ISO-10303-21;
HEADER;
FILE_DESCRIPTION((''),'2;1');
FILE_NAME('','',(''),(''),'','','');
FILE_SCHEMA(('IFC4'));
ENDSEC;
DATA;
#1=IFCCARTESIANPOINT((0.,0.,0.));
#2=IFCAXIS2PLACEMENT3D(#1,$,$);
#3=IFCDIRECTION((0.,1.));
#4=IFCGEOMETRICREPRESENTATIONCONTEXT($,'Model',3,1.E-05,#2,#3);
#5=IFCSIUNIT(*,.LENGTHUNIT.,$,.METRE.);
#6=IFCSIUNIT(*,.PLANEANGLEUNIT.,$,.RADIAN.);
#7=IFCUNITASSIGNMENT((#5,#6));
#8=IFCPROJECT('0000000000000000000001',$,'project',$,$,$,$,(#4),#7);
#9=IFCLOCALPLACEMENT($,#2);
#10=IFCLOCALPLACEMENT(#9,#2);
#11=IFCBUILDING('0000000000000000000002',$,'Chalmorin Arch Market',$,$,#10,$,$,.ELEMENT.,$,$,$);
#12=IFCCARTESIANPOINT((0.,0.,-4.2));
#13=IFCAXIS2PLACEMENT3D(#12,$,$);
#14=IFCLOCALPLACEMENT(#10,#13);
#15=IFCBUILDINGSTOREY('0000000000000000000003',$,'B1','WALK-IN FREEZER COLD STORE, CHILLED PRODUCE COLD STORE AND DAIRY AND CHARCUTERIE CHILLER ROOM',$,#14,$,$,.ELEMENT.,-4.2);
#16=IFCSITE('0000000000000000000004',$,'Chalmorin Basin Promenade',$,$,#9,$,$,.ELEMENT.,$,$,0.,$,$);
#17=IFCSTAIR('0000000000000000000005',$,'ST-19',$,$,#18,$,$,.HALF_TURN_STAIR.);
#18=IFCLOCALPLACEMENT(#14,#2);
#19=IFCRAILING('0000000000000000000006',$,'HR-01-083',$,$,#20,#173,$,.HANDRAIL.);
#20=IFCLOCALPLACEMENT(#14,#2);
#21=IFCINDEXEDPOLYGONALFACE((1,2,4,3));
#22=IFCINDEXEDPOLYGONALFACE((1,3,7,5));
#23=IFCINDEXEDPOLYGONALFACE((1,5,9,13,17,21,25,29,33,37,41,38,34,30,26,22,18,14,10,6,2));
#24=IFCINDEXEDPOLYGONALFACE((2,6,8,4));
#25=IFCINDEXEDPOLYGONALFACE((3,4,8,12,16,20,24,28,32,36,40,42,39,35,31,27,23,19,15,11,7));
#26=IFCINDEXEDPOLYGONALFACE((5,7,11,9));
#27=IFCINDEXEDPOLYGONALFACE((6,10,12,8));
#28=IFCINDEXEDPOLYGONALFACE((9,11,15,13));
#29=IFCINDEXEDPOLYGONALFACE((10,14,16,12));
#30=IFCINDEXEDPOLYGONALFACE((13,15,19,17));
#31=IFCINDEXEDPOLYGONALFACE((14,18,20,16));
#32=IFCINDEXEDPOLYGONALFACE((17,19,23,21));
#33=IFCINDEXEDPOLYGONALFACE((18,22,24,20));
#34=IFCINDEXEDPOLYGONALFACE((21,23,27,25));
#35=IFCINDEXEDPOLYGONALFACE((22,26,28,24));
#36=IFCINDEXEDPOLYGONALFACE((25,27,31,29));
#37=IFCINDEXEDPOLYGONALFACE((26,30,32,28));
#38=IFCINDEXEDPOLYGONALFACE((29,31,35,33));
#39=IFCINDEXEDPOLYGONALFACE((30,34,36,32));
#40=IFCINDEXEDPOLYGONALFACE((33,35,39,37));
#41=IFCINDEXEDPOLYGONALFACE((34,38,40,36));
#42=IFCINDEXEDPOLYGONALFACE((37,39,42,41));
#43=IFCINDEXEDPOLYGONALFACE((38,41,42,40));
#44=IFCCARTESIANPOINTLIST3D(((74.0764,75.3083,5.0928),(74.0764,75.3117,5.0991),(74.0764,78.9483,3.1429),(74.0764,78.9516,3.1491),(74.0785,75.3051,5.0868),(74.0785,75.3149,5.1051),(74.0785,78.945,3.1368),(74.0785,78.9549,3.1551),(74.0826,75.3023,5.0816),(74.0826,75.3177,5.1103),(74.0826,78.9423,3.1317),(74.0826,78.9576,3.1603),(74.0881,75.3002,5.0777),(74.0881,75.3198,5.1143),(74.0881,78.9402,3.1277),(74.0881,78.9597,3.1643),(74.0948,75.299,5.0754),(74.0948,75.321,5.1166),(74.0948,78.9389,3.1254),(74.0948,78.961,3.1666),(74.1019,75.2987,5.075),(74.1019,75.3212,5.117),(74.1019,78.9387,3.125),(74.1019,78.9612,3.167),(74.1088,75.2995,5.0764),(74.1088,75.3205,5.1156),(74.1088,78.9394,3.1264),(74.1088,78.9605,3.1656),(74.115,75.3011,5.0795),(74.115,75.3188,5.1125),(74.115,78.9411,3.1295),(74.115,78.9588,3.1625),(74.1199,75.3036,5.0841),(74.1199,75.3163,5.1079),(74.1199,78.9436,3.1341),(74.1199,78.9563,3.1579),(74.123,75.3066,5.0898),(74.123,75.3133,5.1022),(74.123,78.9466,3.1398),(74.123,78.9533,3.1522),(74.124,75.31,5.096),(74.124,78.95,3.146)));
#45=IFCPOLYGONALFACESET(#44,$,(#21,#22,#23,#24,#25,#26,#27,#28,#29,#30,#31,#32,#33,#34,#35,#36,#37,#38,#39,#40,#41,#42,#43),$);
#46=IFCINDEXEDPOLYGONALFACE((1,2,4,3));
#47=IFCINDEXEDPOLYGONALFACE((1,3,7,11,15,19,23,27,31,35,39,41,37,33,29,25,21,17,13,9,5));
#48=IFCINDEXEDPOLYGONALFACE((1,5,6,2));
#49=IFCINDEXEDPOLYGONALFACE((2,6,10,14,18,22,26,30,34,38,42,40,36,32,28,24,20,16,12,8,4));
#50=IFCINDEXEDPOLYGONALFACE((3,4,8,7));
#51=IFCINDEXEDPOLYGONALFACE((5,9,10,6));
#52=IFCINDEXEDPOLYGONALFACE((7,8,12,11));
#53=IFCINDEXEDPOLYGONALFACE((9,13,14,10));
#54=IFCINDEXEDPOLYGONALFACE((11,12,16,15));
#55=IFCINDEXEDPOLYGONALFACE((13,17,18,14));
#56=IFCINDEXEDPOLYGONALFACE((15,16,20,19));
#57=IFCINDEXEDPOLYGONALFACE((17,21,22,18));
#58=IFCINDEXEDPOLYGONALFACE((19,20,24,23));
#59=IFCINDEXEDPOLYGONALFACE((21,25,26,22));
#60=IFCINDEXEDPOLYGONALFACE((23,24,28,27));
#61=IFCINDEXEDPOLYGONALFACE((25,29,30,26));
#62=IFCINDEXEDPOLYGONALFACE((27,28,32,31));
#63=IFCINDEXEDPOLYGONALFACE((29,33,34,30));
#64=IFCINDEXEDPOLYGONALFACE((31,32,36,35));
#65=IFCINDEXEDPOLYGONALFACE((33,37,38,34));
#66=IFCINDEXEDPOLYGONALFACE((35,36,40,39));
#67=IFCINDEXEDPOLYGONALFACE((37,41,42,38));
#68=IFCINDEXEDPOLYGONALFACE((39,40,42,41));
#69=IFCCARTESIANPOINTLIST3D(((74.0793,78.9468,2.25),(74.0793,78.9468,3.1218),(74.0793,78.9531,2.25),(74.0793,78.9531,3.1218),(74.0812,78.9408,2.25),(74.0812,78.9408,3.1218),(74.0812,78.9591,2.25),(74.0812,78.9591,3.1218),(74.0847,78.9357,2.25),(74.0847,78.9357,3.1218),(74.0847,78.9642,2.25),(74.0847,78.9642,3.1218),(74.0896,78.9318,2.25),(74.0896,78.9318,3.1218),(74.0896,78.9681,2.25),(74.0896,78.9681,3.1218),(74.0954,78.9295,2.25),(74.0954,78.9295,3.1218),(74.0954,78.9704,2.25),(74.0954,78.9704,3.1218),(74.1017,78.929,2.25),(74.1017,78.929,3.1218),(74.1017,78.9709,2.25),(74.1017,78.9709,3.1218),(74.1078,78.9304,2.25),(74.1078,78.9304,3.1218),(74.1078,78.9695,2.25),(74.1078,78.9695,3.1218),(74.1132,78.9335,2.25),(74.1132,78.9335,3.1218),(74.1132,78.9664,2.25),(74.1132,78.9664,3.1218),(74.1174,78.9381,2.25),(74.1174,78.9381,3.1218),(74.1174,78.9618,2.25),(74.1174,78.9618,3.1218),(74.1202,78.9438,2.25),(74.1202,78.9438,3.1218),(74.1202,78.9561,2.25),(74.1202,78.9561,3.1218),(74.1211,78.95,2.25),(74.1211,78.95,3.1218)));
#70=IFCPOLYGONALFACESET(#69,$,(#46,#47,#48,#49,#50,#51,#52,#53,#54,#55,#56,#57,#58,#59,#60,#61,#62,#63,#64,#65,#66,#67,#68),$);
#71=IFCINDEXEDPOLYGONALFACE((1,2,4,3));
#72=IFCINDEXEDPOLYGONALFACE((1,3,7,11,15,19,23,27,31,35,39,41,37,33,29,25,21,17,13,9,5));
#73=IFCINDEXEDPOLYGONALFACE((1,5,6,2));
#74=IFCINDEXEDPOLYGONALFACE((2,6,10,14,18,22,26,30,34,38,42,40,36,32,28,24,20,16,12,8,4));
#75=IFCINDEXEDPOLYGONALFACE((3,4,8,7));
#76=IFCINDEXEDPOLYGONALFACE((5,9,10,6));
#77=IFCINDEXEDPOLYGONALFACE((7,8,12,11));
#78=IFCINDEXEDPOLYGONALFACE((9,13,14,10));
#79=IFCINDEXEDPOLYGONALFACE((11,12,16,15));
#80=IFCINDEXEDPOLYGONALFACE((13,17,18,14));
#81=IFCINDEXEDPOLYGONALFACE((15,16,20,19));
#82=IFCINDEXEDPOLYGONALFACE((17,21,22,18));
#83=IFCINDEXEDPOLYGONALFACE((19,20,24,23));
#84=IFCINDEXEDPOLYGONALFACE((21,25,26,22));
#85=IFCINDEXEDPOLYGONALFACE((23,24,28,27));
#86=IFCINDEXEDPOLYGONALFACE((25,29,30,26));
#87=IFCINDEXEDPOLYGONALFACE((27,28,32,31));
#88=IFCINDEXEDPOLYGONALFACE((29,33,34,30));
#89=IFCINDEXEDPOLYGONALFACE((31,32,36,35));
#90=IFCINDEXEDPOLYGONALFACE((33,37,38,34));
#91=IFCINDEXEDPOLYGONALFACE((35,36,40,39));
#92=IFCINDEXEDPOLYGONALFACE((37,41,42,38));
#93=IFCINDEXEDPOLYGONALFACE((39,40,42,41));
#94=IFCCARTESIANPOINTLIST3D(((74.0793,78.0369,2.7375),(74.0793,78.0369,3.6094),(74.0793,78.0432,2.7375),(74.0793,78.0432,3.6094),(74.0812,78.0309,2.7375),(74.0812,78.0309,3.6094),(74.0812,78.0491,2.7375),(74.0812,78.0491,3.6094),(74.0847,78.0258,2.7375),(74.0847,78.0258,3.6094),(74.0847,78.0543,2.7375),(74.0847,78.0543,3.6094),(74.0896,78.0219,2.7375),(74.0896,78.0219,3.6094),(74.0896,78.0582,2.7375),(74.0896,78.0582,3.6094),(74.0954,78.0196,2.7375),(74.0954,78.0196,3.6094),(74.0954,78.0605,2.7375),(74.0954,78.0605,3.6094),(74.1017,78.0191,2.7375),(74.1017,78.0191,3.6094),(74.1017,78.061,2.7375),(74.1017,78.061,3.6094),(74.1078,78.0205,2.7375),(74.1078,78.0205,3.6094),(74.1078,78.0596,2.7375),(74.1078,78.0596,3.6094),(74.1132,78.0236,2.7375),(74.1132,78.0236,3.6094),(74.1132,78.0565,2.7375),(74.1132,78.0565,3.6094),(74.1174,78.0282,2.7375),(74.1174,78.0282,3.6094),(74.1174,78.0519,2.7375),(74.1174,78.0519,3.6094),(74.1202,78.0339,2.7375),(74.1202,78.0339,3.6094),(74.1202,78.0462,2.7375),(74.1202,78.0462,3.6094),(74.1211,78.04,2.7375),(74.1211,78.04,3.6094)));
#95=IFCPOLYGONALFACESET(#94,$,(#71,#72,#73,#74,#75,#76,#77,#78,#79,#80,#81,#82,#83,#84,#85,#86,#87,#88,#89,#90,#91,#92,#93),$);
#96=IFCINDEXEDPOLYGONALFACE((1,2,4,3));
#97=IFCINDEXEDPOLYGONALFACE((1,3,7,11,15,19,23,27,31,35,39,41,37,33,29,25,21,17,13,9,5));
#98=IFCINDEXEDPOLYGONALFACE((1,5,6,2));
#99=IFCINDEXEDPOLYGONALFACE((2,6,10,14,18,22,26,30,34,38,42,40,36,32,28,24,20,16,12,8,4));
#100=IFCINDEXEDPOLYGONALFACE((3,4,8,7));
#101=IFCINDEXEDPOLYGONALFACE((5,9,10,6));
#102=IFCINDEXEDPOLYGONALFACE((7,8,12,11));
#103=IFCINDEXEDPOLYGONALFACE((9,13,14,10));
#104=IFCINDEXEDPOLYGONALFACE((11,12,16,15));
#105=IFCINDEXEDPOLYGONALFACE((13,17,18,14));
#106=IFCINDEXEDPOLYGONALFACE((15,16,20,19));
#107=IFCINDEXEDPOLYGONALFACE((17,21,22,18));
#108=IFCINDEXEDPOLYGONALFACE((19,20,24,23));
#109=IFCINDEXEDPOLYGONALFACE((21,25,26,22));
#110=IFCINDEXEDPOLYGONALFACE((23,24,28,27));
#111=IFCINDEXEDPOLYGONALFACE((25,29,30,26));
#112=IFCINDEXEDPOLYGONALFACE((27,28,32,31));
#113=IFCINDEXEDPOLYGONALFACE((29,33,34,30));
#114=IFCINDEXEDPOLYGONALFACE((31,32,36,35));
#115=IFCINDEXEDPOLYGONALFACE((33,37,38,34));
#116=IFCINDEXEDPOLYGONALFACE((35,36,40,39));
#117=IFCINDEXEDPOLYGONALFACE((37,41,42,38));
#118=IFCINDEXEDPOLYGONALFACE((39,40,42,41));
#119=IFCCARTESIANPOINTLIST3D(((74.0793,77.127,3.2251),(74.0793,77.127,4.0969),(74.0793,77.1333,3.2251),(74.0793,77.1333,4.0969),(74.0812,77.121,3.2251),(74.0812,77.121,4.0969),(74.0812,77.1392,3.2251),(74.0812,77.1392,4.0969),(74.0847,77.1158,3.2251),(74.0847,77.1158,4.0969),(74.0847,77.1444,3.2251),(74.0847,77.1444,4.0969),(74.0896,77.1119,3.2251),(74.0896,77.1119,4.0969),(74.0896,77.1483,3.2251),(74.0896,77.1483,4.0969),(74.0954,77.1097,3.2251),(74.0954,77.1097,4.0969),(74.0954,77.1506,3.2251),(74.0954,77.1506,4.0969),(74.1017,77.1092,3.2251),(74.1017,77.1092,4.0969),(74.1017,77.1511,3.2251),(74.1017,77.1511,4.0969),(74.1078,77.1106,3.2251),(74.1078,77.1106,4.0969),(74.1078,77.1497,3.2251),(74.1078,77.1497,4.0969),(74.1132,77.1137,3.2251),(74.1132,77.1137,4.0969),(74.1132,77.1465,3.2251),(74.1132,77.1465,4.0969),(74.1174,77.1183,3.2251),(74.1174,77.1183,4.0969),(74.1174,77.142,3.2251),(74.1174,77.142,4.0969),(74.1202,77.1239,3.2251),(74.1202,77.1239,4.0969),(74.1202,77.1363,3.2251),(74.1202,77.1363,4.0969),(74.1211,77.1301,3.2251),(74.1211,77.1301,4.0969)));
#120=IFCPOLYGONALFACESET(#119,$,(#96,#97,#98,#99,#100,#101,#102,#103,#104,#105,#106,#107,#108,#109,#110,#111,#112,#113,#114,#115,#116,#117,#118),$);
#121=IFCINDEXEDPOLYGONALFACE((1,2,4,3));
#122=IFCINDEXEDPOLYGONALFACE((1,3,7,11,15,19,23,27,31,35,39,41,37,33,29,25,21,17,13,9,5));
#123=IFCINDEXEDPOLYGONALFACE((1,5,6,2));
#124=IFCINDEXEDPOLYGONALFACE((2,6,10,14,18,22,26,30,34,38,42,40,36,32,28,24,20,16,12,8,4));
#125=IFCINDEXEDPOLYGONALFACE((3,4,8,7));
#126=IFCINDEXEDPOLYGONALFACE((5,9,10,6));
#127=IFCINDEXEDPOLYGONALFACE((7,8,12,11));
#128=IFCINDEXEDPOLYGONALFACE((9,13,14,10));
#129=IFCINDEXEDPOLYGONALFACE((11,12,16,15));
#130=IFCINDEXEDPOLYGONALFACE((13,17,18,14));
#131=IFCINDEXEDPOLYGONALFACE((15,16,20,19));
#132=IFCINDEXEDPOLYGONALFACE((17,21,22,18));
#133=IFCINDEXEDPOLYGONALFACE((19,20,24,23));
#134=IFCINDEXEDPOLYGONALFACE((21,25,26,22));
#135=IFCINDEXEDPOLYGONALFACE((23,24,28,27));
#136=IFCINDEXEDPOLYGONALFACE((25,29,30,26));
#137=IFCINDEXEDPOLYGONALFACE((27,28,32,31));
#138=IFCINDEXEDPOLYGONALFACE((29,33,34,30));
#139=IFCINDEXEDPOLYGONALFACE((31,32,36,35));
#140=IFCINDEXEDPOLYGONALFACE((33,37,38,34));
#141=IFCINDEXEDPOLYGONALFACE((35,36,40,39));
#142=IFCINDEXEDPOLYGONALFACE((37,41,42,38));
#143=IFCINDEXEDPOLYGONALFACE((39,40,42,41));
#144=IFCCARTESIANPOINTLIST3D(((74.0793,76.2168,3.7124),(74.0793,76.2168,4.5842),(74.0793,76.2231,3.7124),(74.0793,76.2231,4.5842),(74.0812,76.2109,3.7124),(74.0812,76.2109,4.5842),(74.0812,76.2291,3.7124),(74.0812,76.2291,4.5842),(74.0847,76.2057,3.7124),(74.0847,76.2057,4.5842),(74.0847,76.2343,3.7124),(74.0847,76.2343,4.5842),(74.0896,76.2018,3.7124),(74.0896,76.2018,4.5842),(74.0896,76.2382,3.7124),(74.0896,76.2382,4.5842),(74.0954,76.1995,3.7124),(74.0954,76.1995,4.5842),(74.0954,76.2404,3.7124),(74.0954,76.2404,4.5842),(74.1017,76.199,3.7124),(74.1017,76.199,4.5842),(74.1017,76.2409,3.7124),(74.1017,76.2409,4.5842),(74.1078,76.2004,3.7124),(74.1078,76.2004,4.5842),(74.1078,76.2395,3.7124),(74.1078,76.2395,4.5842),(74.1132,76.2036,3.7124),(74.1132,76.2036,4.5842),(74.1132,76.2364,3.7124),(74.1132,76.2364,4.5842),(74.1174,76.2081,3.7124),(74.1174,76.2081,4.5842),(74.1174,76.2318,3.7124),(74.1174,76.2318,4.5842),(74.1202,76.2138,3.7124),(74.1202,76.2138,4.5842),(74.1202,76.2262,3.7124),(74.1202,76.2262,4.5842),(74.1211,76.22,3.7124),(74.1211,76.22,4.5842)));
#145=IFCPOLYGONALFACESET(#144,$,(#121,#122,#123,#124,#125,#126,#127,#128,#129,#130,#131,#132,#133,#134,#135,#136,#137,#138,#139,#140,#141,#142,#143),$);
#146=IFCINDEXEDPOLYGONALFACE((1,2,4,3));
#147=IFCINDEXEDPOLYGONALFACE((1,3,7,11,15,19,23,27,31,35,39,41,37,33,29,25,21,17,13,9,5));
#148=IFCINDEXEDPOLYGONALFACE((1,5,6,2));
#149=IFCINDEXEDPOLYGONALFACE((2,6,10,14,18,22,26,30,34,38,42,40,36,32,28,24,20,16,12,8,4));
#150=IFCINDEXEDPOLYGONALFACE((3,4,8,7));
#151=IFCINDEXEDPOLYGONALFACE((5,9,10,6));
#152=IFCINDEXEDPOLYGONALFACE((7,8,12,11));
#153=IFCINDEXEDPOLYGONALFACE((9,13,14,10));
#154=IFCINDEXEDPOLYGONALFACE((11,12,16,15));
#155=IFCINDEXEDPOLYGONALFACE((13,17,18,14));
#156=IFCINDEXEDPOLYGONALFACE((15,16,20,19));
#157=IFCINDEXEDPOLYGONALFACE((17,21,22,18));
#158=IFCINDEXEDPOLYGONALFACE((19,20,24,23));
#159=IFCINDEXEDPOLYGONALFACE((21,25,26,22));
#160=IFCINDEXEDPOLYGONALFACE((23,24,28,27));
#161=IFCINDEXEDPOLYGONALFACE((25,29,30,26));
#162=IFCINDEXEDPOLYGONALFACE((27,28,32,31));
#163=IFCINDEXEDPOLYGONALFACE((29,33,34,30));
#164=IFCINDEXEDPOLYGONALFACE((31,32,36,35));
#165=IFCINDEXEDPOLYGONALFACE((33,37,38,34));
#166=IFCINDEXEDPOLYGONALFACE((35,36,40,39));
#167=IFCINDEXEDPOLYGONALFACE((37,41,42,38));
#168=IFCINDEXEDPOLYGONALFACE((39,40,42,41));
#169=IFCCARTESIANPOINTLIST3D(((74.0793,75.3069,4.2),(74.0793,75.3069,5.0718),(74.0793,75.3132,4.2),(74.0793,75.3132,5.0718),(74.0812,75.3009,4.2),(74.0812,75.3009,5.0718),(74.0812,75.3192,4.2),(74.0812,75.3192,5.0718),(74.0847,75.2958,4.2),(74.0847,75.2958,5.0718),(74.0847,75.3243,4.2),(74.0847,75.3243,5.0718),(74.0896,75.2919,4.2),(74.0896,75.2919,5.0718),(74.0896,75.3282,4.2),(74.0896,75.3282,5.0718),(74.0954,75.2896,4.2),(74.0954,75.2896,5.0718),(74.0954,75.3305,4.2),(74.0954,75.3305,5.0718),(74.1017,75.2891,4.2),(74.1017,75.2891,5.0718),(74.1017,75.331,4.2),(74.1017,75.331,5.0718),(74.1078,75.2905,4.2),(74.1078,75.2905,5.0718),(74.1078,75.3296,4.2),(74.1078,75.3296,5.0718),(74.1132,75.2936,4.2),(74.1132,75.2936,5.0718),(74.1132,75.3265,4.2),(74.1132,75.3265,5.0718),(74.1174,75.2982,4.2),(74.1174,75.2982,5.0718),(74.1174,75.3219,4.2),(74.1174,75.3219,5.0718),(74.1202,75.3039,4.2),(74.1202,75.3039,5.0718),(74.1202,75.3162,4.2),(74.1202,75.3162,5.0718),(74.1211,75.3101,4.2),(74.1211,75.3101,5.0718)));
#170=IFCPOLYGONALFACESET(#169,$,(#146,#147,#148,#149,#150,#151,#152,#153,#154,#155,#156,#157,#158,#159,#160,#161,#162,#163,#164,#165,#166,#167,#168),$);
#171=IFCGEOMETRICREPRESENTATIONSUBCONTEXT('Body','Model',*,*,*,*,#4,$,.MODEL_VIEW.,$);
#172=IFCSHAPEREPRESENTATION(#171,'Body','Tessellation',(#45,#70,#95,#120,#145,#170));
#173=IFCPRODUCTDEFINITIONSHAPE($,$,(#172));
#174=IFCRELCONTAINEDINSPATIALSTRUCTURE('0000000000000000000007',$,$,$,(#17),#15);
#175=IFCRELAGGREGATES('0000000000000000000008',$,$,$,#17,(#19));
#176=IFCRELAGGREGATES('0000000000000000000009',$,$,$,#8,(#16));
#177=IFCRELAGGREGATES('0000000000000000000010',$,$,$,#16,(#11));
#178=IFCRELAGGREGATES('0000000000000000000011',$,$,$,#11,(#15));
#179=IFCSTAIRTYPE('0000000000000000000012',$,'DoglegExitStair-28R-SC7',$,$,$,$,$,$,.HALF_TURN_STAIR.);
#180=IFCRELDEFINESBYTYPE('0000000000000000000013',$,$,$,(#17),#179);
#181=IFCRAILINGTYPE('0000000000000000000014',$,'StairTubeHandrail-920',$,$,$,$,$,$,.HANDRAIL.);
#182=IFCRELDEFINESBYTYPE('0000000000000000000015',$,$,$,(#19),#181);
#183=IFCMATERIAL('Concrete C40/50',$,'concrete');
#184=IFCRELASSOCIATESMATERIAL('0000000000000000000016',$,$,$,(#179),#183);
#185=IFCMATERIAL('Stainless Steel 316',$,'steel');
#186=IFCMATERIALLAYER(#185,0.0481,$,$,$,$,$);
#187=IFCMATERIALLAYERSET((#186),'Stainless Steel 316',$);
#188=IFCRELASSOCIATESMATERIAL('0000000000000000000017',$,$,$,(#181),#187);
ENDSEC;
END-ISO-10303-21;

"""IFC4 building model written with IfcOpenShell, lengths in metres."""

from ifc_helpers import new_model, si_unit, direction, frame, origin, origin_2d, place, context, subcontext, project, spatial, circle, extrude, material, layer, layer_set, type_object, element, aggregate, save


model = new_model("IFC4")

# Units and contexts
model_context = context("Model", 3, precision=1e-05, world=origin(), true_north=direction((0.0, 1.0)))
body_context = subcontext(model_context, "Body", "Model", "MODEL_VIEW")
ifc_project = project(units=[si_unit("LENGTHUNIT", "METRE"), si_unit("PLANEANGLEUNIT", "RADIAN")], contexts=[model_context])

# Site, building, storey
site_placement = place(None, origin())
site = spatial("IfcSite", under=ifc_project, at=site_placement, Name="Chalmorin Basin Promenade", CompositionType="ELEMENT", RefElevation=0.0)
building_placement = place(site_placement, origin())
building = spatial("IfcBuilding", under=site, at=building_placement, Name="Chalmorin Arch Market", CompositionType="ELEMENT")
storey_placement = place(building_placement, frame((0.0, 0.0, -4.2)))
storey = spatial("IfcBuildingStorey", under=building, at=storey_placement, Name="B1", Description="WALK-IN FREEZER COLD STORE, CHILLED PRODUCE COLD STORE AND DAIRY AND CHARCUTERIE CHILLER ROOM", CompositionType="ELEMENT", Elevation=-4.2)

# Shared definitions
ifc_material_1 = material(Name="Concrete C40/50", Category="concrete")

# Stair, railing
stair_type = type_object("IfcStairType", Name="DoglegExitStair-28R-SC7", PredefinedType="HALF_TURN_STAIR", material=ifc_material_1)
stair_placement = place(storey_placement, origin())
stair = element("IfcStair", 1, at=stair_placement, inside=storey, type_object=stair_type, Name="ST-19", PredefinedType="HALF_TURN_STAIR")
ifc_material_2 = material(Name="Stainless Steel 316", Category="steel")
ifc_layer_1 = layer(ifc_material_2, 0.0481)
ifc_layer_set_1 = layer_set([ifc_layer_1], Name="Stainless Steel 316")
railing_type_1 = type_object("IfcRailingType", Name="StairTubeHandrail-920", PredefinedType="HANDRAIL", material=ifc_layer_set_1)
railing_1_placement = place(storey_placement, frame((74.1001, 78.95, 2.25)))
railing_1 = element("IfcRailing", 2, at=railing_1_placement, type_object=railing_type_1, Name="HR-01-083", PredefinedType="HANDRAIL", context=body_context, shape_type="SweptSolid", body=[
    extrude(circle(Radius=0.0239, at=origin_2d()), frame((0.0, 0.0, 0.896), z_axis=(0.0, -0.881479, 0.472223), x_axis=(1.0, 0.0, 0.0)), (0.0, 0.0, 1.0), 4.1294),
    extrude(circle(Radius=0.021, at=origin_2d()), origin(), (0.0, 0.0, 1.0), 0.8718),
    extrude(circle(Radius=0.021, at=origin_2d()), frame((0.0, -0.9099, 0.4875)), (0.0, 0.0, 1.0), 0.8718),
    extrude(circle(Radius=0.021, at=origin_2d()), frame((0.0, -1.8198, 0.9751)), (0.0, 0.0, 1.0), 0.8718),
    extrude(circle(Radius=0.021, at=origin_2d()), frame((0.0, -2.73, 1.4624)), (0.0, 0.0, 1.0), 0.8718),
    extrude(circle(Radius=0.021, at=origin_2d()), frame((0.0, -3.6399, 1.95)), (0.0, 0.0, 1.0), 0.8718),
])
aggregate(stair, [railing_1])

save(model, "model.ifc")
